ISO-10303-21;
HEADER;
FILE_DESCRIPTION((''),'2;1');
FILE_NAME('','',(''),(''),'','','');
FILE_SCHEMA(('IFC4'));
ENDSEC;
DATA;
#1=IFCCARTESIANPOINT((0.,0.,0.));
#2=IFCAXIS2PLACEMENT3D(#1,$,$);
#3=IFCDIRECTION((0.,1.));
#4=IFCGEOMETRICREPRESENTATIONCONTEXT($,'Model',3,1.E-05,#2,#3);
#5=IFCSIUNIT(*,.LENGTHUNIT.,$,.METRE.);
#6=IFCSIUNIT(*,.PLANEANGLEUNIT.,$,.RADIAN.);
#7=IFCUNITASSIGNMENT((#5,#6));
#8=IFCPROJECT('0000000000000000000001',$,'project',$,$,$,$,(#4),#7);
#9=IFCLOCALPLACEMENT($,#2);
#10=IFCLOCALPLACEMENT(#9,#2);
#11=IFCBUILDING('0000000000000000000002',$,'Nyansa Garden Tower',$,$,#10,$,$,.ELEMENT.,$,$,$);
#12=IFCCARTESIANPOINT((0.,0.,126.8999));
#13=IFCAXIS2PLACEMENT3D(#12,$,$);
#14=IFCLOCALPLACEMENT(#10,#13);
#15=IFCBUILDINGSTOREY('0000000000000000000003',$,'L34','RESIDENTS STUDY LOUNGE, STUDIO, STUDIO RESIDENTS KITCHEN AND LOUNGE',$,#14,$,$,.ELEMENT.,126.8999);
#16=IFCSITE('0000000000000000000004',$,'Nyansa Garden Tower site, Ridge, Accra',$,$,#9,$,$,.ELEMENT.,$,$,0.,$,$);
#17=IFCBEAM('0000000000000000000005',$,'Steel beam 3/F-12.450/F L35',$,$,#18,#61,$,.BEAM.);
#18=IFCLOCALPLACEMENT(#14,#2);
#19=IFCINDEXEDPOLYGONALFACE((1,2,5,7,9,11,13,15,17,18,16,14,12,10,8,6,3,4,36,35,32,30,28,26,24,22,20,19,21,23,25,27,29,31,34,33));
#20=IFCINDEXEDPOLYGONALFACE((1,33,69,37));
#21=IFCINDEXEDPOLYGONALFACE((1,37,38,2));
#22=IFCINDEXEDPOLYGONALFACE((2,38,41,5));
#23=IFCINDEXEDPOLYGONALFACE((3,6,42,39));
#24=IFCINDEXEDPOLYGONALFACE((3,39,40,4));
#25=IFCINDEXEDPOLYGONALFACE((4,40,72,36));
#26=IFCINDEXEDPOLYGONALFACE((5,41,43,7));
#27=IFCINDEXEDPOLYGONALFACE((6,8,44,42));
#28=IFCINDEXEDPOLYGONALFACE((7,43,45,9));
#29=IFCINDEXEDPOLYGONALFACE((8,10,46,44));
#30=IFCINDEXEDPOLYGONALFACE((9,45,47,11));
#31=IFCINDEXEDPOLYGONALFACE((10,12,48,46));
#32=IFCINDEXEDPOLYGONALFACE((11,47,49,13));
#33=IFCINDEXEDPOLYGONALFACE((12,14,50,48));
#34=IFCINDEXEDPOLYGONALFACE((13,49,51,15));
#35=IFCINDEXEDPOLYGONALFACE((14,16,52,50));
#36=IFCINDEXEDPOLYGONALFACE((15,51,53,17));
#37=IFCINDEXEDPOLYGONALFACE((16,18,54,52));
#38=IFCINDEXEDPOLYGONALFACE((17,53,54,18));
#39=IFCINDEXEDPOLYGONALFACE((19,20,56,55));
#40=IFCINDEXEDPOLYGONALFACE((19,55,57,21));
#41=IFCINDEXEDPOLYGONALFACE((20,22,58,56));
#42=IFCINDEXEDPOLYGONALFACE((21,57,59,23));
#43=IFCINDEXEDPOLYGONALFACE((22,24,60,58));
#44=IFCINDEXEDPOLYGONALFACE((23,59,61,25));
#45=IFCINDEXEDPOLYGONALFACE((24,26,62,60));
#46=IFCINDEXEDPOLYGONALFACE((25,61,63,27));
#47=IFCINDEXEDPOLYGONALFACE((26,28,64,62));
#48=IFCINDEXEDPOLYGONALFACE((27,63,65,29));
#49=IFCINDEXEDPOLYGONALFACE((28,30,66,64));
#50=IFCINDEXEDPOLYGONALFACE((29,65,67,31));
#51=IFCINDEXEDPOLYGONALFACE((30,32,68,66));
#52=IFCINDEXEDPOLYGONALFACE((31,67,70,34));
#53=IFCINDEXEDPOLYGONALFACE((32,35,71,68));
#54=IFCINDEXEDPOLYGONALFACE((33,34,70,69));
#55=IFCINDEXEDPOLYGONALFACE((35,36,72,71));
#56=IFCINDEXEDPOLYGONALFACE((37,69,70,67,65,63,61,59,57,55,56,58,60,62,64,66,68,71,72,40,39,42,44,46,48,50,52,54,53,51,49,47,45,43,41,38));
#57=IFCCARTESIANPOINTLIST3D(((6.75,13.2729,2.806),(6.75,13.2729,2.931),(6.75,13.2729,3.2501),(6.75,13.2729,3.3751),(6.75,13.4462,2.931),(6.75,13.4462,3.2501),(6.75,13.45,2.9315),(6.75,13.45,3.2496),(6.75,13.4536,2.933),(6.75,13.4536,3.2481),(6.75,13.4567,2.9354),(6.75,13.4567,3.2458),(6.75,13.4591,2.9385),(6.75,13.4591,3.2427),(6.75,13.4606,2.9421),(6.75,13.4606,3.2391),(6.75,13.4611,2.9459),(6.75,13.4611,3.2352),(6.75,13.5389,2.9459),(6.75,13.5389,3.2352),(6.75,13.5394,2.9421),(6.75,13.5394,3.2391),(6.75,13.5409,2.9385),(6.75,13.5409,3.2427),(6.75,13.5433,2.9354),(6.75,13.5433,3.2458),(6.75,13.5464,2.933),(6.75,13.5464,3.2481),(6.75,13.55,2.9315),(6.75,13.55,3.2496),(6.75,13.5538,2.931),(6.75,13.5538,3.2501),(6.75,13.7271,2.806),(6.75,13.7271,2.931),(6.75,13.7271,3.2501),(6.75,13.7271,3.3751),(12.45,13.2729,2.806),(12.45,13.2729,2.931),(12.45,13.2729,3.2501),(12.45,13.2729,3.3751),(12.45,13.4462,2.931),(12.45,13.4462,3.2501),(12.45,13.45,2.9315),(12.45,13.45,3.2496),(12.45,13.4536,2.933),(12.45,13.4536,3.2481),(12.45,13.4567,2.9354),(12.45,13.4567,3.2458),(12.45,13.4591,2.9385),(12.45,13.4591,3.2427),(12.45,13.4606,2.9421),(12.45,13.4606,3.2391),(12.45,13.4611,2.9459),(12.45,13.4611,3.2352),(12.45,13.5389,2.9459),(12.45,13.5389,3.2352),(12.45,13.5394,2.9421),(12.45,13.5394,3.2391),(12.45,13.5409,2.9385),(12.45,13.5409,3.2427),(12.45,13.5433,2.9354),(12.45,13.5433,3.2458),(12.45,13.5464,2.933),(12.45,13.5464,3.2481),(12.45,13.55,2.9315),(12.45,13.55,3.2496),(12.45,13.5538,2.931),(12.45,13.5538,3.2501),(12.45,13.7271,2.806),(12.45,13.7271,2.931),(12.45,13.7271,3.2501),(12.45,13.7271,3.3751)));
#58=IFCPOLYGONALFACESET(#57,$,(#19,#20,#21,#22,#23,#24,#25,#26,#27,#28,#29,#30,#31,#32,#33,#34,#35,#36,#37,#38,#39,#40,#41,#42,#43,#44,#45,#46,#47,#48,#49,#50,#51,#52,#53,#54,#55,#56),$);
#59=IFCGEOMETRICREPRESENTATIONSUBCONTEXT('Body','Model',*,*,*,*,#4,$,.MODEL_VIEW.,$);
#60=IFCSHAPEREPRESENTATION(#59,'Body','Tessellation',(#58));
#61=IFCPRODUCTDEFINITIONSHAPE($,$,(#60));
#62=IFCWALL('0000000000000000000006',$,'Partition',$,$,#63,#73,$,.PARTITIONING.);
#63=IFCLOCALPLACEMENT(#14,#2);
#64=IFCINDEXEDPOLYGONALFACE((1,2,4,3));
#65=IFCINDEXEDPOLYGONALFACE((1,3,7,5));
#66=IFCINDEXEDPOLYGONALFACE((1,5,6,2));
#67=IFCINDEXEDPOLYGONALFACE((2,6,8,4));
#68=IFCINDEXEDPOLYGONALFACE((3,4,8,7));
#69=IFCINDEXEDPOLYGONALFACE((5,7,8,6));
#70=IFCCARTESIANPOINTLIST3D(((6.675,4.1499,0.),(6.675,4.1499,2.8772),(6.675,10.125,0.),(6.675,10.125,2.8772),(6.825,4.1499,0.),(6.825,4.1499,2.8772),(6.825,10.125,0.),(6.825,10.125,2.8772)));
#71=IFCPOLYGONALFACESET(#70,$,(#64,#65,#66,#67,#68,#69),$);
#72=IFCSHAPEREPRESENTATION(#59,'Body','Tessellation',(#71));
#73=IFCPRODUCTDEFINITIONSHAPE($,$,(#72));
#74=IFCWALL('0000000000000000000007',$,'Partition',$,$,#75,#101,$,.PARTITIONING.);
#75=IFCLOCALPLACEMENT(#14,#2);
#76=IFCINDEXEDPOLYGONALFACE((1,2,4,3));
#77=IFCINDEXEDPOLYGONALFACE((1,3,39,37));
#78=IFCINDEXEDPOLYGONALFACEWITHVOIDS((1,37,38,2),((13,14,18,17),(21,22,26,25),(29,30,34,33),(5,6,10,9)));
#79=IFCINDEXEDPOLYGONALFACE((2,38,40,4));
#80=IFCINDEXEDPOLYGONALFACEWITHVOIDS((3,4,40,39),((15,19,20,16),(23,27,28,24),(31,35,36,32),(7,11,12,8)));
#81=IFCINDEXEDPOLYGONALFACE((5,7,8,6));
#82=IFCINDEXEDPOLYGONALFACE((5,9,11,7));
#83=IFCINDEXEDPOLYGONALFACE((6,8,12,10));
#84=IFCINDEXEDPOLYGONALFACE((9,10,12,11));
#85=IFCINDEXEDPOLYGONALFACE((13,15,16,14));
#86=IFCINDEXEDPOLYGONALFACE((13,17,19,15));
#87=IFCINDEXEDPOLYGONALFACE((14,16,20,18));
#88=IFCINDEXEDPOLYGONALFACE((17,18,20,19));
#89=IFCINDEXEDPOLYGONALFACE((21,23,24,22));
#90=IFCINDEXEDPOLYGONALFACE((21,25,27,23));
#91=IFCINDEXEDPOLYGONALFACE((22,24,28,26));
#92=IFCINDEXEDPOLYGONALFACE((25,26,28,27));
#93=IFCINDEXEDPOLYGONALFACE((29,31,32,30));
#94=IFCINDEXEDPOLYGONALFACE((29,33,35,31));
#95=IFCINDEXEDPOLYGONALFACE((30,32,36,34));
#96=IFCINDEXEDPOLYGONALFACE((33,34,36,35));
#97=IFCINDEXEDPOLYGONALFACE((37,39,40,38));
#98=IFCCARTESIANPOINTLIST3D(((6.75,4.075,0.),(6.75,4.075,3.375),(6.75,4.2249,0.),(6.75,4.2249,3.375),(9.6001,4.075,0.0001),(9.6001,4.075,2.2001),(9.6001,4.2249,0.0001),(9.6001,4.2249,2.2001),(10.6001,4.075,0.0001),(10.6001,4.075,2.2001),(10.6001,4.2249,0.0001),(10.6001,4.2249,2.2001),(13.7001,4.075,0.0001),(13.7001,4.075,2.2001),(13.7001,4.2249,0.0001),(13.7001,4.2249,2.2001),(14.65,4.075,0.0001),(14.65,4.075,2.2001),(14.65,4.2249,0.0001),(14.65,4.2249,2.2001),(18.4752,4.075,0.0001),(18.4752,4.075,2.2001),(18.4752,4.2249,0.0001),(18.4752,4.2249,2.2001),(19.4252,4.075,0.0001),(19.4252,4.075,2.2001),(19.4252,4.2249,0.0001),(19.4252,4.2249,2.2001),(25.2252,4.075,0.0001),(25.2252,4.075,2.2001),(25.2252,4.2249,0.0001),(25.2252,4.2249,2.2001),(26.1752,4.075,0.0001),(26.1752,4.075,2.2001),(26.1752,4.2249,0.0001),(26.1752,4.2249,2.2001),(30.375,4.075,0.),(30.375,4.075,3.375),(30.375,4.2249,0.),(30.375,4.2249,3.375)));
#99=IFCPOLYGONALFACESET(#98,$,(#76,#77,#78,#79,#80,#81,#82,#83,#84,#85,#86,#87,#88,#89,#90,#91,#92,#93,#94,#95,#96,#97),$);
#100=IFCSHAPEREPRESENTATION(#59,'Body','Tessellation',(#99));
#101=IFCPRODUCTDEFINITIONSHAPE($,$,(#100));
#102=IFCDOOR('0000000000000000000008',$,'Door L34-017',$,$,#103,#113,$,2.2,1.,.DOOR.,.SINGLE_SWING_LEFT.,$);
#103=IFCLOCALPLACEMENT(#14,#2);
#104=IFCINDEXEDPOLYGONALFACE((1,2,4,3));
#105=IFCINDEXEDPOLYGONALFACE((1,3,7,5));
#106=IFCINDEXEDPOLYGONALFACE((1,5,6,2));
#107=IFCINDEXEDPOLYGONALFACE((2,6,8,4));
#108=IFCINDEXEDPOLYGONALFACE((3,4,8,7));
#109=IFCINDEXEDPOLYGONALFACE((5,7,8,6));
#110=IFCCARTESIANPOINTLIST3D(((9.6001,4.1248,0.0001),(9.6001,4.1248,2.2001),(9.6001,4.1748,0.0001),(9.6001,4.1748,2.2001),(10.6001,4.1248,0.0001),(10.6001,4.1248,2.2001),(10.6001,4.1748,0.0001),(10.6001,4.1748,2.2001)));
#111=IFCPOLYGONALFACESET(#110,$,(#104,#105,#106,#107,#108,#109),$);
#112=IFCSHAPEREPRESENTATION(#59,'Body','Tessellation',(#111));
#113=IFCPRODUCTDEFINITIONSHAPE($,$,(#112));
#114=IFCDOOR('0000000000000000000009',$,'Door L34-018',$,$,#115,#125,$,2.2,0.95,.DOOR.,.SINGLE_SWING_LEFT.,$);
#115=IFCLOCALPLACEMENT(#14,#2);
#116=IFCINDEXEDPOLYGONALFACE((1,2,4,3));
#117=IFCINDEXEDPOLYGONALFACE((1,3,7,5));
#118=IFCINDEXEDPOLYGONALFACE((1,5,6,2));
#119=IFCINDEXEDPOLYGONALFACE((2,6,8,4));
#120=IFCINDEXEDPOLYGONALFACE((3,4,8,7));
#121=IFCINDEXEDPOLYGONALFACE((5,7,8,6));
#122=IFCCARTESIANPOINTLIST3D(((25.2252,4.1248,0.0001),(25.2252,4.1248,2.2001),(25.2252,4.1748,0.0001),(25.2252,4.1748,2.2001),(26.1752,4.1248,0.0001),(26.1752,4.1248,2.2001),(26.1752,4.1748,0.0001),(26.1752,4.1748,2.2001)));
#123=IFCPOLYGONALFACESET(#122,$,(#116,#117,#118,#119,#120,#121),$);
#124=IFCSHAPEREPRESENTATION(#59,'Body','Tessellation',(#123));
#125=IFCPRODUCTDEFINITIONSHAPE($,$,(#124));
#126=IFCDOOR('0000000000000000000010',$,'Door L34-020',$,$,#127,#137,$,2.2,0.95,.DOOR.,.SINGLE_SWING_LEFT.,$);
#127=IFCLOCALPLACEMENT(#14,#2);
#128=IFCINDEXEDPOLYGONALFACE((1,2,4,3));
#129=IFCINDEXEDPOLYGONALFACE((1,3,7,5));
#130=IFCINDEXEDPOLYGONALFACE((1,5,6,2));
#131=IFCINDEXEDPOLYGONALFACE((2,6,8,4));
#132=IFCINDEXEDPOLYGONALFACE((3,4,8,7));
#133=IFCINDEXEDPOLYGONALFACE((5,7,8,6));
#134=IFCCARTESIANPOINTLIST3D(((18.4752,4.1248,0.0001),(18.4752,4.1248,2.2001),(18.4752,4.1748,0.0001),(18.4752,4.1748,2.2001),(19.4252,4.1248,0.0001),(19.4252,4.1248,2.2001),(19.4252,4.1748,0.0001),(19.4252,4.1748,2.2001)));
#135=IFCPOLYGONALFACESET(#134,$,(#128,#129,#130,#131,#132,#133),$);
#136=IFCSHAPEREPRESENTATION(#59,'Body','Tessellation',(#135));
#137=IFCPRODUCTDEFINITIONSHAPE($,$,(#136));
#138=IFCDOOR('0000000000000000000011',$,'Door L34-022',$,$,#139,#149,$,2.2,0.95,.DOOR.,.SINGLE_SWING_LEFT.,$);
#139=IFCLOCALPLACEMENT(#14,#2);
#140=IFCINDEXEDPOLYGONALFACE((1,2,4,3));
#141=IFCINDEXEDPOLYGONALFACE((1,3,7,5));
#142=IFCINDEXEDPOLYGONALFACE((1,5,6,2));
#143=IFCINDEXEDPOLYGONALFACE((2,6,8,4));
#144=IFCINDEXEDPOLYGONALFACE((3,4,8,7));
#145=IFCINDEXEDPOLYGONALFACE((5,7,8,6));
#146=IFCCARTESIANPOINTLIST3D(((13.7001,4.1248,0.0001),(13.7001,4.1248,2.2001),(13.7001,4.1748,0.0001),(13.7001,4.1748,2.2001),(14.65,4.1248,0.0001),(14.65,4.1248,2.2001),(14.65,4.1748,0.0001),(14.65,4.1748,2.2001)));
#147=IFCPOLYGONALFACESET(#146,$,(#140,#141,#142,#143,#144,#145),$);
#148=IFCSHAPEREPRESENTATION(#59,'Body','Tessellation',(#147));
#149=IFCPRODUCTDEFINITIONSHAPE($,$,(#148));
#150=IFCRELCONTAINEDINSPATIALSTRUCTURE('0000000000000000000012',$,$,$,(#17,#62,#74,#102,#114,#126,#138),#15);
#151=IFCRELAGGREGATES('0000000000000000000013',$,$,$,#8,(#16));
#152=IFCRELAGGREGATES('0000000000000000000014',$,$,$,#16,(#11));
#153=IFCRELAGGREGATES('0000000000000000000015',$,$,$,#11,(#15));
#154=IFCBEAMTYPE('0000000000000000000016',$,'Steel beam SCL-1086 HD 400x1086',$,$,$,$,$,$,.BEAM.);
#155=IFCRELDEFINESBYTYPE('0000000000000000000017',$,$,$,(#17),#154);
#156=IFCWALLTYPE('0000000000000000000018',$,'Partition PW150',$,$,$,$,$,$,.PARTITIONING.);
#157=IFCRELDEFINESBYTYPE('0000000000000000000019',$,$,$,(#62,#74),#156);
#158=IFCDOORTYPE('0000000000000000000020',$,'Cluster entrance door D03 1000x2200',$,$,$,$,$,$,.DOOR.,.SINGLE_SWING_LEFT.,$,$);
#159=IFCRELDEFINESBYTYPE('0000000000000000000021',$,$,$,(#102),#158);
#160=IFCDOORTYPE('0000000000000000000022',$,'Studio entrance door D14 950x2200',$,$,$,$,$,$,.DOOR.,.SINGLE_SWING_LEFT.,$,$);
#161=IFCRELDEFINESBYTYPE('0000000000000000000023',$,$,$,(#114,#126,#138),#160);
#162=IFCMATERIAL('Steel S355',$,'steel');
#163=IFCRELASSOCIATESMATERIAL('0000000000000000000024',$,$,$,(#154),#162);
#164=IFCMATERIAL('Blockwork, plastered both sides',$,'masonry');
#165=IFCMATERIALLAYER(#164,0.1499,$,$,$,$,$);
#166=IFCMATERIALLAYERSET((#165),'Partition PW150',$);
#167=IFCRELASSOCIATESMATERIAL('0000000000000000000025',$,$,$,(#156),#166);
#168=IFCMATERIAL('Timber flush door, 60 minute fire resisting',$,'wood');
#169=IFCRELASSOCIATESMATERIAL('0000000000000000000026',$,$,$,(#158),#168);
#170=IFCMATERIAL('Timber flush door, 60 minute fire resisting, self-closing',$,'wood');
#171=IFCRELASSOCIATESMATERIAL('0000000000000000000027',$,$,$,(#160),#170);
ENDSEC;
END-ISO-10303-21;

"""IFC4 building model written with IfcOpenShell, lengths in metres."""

from ifc_helpers import new_model, si_unit, direction, frame, frame_2d, origin, origin_2d, place, context, subcontext, project, spatial, rectangle, i_section, extrude, material, layer, layer_set, material_profile, profile_set, type_object, element, fill, save


model = new_model("IFC4")

# Units and contexts
model_context = context("Model", 3, precision=1e-05, world=origin(), true_north=direction((0.0, 1.0)))
body_context = subcontext(model_context, "Body", "Model", "MODEL_VIEW")
ifc_project = project(units=[si_unit("LENGTHUNIT", "METRE"), si_unit("PLANEANGLEUNIT", "RADIAN")], contexts=[model_context])

# Site, building, storey
site_placement = place(None, origin())
site = spatial("IfcSite", under=ifc_project, at=site_placement, Name="Nyansa Garden Tower site, Ridge, Accra", CompositionType="ELEMENT", RefElevation=0.0)
building_placement = place(site_placement, origin())
building = spatial("IfcBuilding", under=site, at=building_placement, Name="Nyansa Garden Tower", CompositionType="ELEMENT")
storey_placement = place(building_placement, frame((0.0, 0.0, 126.8999)))
storey = spatial("IfcBuildingStorey", under=building, at=storey_placement, Name="L34", Description="RESIDENTS STUDY LOUNGE, STUDIO, STUDIO RESIDENTS KITCHEN AND LOUNGE", CompositionType="ELEMENT", Elevation=126.8999)

# Beam
ifc_material_1 = material(Name="Steel S355", Category="steel")
ifc_material_profile_1 = material_profile(ifc_material_1, i_section(OverallWidth=0.4541, OverallDepth=0.5691, WebThickness=0.0779, FlangeThickness=0.125, FilletRadius=0.0149, at=origin_2d()), Name="HD 400x1086")
ifc_profile_set_1 = profile_set([ifc_material_profile_1], Name="Steel S355")
beam_type_1 = type_object("IfcBeamType", Name="Steel beam SCL-1086 HD 400x1086", PredefinedType="BEAM", material=ifc_profile_set_1)
beam_placement = place(storey_placement, frame((6.75, 13.5, 3.0906), z_axis=(1.0, 0.0, 0.0), x_axis=(0.0, 1.0, 0.0)))
element("IfcBeam", 1, at=beam_placement, inside=storey, type_object=beam_type_1, Name="Steel beam 3/F-12.450/F L35", PredefinedType="BEAM", context=body_context, shape_type="SweptSolid", body=[
    extrude(i_section(OverallWidth=0.4541, OverallDepth=0.5691, WebThickness=0.0779, FlangeThickness=0.125, FilletRadius=0.0149, at=origin_2d()), origin(), (0.0, 0.0, 1.0), 5.7),
])

# Wall
ifc_material_2 = material(Name="Blockwork, plastered both sides", Category="masonry")
ifc_layer = layer(ifc_material_2, 0.1499)
ifc_layer_set = layer_set([ifc_layer], Name="Partition PW150")
wall_type = type_object("IfcWallType", Name="Partition PW150", PredefinedType="PARTITIONING", material=ifc_layer_set)
wall_1_placement = place(storey_placement, frame((6.75, 4.1499, 0.0), z_axis=(0.0, 0.0, 1.0), x_axis=(0.0, 1.0, 0.0)))
element("IfcWall", 2, at=wall_1_placement, inside=storey, type_object=wall_type, Name="Partition", PredefinedType="PARTITIONING", context=body_context, shape_type="SweptSolid", body=[
    extrude(rectangle(XDim=5.9751, YDim=0.1499, at=frame_2d((2.9875, 0.0))), origin(), (0.0, 0.0, 1.0), 2.8772),
])

# Wall, openings, doors
wall_2_placement = place(storey_placement, frame((6.75, 4.1499, 0.0), z_axis=(0.0, 0.0, 1.0), x_axis=(1.0, 0.0, 0.0)))
wall_2 = element("IfcWall", 3, at=wall_2_placement, inside=storey, type_object=wall_type, Name="Partition", PredefinedType="PARTITIONING", context=body_context, shape_type="SweptSolid", body=[
    extrude(rectangle(XDim=23.625, YDim=0.1499, at=frame_2d((11.8125, 0.0))), origin(), (0.0, 0.0, 1.0), 3.375),
])
opening_1_placement = place(wall_2_placement, frame((2.8501, 0.0, 0.0)))
opening_1 = element("IfcOpeningElement", 4, at=opening_1_placement, cuts=wall_2, PredefinedType="OPENING", context=body_context, shape_type="SweptSolid", body=[
    extrude(rectangle(XDim=1.0, YDim=2.2, at=frame_2d((0.5, 1.1001))), frame((0.0, 0.085, 0.0), z_axis=(0.0, -1.0, 0.0), x_axis=(1.0, 0.0, 0.0)), (0.0, 0.0, 1.0), 0.1699),
])
opening_2_placement = place(wall_2_placement, frame((18.4751, 0.0, 0.0)))
opening_2 = element("IfcOpeningElement", 5, at=opening_2_placement, cuts=wall_2, PredefinedType="OPENING", context=body_context, shape_type="SweptSolid", body=[
    extrude(rectangle(XDim=0.95, YDim=2.2, at=frame_2d((0.4751, 1.1001))), frame((0.0, 0.085, 0.0), z_axis=(0.0, -1.0, 0.0), x_axis=(1.0, 0.0, 0.0)), (0.0, 0.0, 1.0), 0.1699),
])
opening_3_placement = place(wall_2_placement, frame((11.7251, 0.0, 0.0)))
opening_3 = element("IfcOpeningElement", 6, at=opening_3_placement, cuts=wall_2, PredefinedType="OPENING", context=body_context, shape_type="SweptSolid", body=[
    extrude(rectangle(XDim=0.95, YDim=2.2, at=frame_2d((0.4751, 1.1001))), frame((0.0, 0.085, 0.0), z_axis=(0.0, -1.0, 0.0), x_axis=(1.0, 0.0, 0.0)), (0.0, 0.0, 1.0), 0.1699),
])
opening_4_placement = place(wall_2_placement, frame((6.95, 0.0, 0.0)))
opening_4 = element("IfcOpeningElement", 7, at=opening_4_placement, cuts=wall_2, PredefinedType="OPENING", context=body_context, shape_type="SweptSolid", body=[
    extrude(rectangle(XDim=0.95, YDim=2.2, at=frame_2d((0.4751, 1.1001))), frame((0.0, 0.085, 0.0), z_axis=(0.0, -1.0, 0.0), x_axis=(1.0, 0.0, 0.0)), (0.0, 0.0, 1.0), 0.1699),
])
ifc_material_3 = material(Name="Timber flush door, 60 minute fire resisting", Category="wood")
door_type_1 = type_object("IfcDoorType", Name="Cluster entrance door D03 1000x2200", OperationType="SINGLE_SWING_LEFT", PredefinedType="DOOR", material=ifc_material_3)
door_1_placement = place(opening_1_placement, origin())
door_1 = element("IfcDoor", 8, at=door_1_placement, inside=storey, type_object=door_type_1, Name="Door L34-017", OperationType="SINGLE_SWING_LEFT", OverallHeight=2.2, OverallWidth=1.0, PredefinedType="DOOR", context=body_context, shape_type="SweptSolid", body=[
    extrude(rectangle(XDim=1.0, YDim=2.2, at=frame_2d((0.5, 1.1001))), frame((0.0, 0.0249, 0.0), z_axis=(0.0, -1.0, 0.0), x_axis=(1.0, 0.0, 0.0)), (0.0, 0.0, 1.0), 0.05),
])
fill(opening_1, door_1)
ifc_material_4 = material(Name="Timber flush door, 60 minute fire resisting, self-closing", Category="wood")
door_type_2 = type_object("IfcDoorType", Name="Studio entrance door D14 950x2200", OperationType="SINGLE_SWING_LEFT", PredefinedType="DOOR", material=ifc_material_4)
door_2_placement = place(opening_2_placement, origin())
door_2 = element("IfcDoor", 9, at=door_2_placement, inside=storey, type_object=door_type_2, Name="Door L34-018", OperationType="SINGLE_SWING_LEFT", OverallHeight=2.2, OverallWidth=0.95, PredefinedType="DOOR", context=body_context, shape_type="SweptSolid", body=[
    extrude(rectangle(XDim=0.95, YDim=2.2, at=frame_2d((0.4751, 1.1001))), frame((0.0, 0.0249, 0.0), z_axis=(0.0, -1.0, 0.0), x_axis=(1.0, 0.0, 0.0)), (0.0, 0.0, 1.0), 0.05),
])
fill(opening_2, door_2)
door_3_placement = place(opening_3_placement, origin())
door_3 = element("IfcDoor", 10, at=door_3_placement, inside=storey, type_object=door_type_2, Name="Door L34-020", OperationType="SINGLE_SWING_LEFT", OverallHeight=2.2, OverallWidth=0.95, PredefinedType="DOOR", context=body_context, shape_type="SweptSolid", body=[
    extrude(rectangle(XDim=0.95, YDim=2.2, at=frame_2d((0.4751, 1.1001))), frame((0.0, 0.0249, 0.0), z_axis=(0.0, -1.0, 0.0), x_axis=(1.0, 0.0, 0.0)), (0.0, 0.0, 1.0), 0.05),
])
fill(opening_3, door_3)
door_4_placement = place(opening_4_placement, origin())
door_4 = element("IfcDoor", 11, at=door_4_placement, inside=storey, type_object=door_type_2, Name="Door L34-022", OperationType="SINGLE_SWING_LEFT", OverallHeight=2.2, OverallWidth=0.95, PredefinedType="DOOR", context=body_context, shape_type="SweptSolid", body=[
    extrude(rectangle(XDim=0.95, YDim=2.2, at=frame_2d((0.4751, 1.1001))), frame((0.0, 0.0249, 0.0), z_axis=(0.0, -1.0, 0.0), x_axis=(1.0, 0.0, 0.0)), (0.0, 0.0, 1.0), 0.05),
])
fill(opening_4, door_4)

save(model, "model.ifc")
